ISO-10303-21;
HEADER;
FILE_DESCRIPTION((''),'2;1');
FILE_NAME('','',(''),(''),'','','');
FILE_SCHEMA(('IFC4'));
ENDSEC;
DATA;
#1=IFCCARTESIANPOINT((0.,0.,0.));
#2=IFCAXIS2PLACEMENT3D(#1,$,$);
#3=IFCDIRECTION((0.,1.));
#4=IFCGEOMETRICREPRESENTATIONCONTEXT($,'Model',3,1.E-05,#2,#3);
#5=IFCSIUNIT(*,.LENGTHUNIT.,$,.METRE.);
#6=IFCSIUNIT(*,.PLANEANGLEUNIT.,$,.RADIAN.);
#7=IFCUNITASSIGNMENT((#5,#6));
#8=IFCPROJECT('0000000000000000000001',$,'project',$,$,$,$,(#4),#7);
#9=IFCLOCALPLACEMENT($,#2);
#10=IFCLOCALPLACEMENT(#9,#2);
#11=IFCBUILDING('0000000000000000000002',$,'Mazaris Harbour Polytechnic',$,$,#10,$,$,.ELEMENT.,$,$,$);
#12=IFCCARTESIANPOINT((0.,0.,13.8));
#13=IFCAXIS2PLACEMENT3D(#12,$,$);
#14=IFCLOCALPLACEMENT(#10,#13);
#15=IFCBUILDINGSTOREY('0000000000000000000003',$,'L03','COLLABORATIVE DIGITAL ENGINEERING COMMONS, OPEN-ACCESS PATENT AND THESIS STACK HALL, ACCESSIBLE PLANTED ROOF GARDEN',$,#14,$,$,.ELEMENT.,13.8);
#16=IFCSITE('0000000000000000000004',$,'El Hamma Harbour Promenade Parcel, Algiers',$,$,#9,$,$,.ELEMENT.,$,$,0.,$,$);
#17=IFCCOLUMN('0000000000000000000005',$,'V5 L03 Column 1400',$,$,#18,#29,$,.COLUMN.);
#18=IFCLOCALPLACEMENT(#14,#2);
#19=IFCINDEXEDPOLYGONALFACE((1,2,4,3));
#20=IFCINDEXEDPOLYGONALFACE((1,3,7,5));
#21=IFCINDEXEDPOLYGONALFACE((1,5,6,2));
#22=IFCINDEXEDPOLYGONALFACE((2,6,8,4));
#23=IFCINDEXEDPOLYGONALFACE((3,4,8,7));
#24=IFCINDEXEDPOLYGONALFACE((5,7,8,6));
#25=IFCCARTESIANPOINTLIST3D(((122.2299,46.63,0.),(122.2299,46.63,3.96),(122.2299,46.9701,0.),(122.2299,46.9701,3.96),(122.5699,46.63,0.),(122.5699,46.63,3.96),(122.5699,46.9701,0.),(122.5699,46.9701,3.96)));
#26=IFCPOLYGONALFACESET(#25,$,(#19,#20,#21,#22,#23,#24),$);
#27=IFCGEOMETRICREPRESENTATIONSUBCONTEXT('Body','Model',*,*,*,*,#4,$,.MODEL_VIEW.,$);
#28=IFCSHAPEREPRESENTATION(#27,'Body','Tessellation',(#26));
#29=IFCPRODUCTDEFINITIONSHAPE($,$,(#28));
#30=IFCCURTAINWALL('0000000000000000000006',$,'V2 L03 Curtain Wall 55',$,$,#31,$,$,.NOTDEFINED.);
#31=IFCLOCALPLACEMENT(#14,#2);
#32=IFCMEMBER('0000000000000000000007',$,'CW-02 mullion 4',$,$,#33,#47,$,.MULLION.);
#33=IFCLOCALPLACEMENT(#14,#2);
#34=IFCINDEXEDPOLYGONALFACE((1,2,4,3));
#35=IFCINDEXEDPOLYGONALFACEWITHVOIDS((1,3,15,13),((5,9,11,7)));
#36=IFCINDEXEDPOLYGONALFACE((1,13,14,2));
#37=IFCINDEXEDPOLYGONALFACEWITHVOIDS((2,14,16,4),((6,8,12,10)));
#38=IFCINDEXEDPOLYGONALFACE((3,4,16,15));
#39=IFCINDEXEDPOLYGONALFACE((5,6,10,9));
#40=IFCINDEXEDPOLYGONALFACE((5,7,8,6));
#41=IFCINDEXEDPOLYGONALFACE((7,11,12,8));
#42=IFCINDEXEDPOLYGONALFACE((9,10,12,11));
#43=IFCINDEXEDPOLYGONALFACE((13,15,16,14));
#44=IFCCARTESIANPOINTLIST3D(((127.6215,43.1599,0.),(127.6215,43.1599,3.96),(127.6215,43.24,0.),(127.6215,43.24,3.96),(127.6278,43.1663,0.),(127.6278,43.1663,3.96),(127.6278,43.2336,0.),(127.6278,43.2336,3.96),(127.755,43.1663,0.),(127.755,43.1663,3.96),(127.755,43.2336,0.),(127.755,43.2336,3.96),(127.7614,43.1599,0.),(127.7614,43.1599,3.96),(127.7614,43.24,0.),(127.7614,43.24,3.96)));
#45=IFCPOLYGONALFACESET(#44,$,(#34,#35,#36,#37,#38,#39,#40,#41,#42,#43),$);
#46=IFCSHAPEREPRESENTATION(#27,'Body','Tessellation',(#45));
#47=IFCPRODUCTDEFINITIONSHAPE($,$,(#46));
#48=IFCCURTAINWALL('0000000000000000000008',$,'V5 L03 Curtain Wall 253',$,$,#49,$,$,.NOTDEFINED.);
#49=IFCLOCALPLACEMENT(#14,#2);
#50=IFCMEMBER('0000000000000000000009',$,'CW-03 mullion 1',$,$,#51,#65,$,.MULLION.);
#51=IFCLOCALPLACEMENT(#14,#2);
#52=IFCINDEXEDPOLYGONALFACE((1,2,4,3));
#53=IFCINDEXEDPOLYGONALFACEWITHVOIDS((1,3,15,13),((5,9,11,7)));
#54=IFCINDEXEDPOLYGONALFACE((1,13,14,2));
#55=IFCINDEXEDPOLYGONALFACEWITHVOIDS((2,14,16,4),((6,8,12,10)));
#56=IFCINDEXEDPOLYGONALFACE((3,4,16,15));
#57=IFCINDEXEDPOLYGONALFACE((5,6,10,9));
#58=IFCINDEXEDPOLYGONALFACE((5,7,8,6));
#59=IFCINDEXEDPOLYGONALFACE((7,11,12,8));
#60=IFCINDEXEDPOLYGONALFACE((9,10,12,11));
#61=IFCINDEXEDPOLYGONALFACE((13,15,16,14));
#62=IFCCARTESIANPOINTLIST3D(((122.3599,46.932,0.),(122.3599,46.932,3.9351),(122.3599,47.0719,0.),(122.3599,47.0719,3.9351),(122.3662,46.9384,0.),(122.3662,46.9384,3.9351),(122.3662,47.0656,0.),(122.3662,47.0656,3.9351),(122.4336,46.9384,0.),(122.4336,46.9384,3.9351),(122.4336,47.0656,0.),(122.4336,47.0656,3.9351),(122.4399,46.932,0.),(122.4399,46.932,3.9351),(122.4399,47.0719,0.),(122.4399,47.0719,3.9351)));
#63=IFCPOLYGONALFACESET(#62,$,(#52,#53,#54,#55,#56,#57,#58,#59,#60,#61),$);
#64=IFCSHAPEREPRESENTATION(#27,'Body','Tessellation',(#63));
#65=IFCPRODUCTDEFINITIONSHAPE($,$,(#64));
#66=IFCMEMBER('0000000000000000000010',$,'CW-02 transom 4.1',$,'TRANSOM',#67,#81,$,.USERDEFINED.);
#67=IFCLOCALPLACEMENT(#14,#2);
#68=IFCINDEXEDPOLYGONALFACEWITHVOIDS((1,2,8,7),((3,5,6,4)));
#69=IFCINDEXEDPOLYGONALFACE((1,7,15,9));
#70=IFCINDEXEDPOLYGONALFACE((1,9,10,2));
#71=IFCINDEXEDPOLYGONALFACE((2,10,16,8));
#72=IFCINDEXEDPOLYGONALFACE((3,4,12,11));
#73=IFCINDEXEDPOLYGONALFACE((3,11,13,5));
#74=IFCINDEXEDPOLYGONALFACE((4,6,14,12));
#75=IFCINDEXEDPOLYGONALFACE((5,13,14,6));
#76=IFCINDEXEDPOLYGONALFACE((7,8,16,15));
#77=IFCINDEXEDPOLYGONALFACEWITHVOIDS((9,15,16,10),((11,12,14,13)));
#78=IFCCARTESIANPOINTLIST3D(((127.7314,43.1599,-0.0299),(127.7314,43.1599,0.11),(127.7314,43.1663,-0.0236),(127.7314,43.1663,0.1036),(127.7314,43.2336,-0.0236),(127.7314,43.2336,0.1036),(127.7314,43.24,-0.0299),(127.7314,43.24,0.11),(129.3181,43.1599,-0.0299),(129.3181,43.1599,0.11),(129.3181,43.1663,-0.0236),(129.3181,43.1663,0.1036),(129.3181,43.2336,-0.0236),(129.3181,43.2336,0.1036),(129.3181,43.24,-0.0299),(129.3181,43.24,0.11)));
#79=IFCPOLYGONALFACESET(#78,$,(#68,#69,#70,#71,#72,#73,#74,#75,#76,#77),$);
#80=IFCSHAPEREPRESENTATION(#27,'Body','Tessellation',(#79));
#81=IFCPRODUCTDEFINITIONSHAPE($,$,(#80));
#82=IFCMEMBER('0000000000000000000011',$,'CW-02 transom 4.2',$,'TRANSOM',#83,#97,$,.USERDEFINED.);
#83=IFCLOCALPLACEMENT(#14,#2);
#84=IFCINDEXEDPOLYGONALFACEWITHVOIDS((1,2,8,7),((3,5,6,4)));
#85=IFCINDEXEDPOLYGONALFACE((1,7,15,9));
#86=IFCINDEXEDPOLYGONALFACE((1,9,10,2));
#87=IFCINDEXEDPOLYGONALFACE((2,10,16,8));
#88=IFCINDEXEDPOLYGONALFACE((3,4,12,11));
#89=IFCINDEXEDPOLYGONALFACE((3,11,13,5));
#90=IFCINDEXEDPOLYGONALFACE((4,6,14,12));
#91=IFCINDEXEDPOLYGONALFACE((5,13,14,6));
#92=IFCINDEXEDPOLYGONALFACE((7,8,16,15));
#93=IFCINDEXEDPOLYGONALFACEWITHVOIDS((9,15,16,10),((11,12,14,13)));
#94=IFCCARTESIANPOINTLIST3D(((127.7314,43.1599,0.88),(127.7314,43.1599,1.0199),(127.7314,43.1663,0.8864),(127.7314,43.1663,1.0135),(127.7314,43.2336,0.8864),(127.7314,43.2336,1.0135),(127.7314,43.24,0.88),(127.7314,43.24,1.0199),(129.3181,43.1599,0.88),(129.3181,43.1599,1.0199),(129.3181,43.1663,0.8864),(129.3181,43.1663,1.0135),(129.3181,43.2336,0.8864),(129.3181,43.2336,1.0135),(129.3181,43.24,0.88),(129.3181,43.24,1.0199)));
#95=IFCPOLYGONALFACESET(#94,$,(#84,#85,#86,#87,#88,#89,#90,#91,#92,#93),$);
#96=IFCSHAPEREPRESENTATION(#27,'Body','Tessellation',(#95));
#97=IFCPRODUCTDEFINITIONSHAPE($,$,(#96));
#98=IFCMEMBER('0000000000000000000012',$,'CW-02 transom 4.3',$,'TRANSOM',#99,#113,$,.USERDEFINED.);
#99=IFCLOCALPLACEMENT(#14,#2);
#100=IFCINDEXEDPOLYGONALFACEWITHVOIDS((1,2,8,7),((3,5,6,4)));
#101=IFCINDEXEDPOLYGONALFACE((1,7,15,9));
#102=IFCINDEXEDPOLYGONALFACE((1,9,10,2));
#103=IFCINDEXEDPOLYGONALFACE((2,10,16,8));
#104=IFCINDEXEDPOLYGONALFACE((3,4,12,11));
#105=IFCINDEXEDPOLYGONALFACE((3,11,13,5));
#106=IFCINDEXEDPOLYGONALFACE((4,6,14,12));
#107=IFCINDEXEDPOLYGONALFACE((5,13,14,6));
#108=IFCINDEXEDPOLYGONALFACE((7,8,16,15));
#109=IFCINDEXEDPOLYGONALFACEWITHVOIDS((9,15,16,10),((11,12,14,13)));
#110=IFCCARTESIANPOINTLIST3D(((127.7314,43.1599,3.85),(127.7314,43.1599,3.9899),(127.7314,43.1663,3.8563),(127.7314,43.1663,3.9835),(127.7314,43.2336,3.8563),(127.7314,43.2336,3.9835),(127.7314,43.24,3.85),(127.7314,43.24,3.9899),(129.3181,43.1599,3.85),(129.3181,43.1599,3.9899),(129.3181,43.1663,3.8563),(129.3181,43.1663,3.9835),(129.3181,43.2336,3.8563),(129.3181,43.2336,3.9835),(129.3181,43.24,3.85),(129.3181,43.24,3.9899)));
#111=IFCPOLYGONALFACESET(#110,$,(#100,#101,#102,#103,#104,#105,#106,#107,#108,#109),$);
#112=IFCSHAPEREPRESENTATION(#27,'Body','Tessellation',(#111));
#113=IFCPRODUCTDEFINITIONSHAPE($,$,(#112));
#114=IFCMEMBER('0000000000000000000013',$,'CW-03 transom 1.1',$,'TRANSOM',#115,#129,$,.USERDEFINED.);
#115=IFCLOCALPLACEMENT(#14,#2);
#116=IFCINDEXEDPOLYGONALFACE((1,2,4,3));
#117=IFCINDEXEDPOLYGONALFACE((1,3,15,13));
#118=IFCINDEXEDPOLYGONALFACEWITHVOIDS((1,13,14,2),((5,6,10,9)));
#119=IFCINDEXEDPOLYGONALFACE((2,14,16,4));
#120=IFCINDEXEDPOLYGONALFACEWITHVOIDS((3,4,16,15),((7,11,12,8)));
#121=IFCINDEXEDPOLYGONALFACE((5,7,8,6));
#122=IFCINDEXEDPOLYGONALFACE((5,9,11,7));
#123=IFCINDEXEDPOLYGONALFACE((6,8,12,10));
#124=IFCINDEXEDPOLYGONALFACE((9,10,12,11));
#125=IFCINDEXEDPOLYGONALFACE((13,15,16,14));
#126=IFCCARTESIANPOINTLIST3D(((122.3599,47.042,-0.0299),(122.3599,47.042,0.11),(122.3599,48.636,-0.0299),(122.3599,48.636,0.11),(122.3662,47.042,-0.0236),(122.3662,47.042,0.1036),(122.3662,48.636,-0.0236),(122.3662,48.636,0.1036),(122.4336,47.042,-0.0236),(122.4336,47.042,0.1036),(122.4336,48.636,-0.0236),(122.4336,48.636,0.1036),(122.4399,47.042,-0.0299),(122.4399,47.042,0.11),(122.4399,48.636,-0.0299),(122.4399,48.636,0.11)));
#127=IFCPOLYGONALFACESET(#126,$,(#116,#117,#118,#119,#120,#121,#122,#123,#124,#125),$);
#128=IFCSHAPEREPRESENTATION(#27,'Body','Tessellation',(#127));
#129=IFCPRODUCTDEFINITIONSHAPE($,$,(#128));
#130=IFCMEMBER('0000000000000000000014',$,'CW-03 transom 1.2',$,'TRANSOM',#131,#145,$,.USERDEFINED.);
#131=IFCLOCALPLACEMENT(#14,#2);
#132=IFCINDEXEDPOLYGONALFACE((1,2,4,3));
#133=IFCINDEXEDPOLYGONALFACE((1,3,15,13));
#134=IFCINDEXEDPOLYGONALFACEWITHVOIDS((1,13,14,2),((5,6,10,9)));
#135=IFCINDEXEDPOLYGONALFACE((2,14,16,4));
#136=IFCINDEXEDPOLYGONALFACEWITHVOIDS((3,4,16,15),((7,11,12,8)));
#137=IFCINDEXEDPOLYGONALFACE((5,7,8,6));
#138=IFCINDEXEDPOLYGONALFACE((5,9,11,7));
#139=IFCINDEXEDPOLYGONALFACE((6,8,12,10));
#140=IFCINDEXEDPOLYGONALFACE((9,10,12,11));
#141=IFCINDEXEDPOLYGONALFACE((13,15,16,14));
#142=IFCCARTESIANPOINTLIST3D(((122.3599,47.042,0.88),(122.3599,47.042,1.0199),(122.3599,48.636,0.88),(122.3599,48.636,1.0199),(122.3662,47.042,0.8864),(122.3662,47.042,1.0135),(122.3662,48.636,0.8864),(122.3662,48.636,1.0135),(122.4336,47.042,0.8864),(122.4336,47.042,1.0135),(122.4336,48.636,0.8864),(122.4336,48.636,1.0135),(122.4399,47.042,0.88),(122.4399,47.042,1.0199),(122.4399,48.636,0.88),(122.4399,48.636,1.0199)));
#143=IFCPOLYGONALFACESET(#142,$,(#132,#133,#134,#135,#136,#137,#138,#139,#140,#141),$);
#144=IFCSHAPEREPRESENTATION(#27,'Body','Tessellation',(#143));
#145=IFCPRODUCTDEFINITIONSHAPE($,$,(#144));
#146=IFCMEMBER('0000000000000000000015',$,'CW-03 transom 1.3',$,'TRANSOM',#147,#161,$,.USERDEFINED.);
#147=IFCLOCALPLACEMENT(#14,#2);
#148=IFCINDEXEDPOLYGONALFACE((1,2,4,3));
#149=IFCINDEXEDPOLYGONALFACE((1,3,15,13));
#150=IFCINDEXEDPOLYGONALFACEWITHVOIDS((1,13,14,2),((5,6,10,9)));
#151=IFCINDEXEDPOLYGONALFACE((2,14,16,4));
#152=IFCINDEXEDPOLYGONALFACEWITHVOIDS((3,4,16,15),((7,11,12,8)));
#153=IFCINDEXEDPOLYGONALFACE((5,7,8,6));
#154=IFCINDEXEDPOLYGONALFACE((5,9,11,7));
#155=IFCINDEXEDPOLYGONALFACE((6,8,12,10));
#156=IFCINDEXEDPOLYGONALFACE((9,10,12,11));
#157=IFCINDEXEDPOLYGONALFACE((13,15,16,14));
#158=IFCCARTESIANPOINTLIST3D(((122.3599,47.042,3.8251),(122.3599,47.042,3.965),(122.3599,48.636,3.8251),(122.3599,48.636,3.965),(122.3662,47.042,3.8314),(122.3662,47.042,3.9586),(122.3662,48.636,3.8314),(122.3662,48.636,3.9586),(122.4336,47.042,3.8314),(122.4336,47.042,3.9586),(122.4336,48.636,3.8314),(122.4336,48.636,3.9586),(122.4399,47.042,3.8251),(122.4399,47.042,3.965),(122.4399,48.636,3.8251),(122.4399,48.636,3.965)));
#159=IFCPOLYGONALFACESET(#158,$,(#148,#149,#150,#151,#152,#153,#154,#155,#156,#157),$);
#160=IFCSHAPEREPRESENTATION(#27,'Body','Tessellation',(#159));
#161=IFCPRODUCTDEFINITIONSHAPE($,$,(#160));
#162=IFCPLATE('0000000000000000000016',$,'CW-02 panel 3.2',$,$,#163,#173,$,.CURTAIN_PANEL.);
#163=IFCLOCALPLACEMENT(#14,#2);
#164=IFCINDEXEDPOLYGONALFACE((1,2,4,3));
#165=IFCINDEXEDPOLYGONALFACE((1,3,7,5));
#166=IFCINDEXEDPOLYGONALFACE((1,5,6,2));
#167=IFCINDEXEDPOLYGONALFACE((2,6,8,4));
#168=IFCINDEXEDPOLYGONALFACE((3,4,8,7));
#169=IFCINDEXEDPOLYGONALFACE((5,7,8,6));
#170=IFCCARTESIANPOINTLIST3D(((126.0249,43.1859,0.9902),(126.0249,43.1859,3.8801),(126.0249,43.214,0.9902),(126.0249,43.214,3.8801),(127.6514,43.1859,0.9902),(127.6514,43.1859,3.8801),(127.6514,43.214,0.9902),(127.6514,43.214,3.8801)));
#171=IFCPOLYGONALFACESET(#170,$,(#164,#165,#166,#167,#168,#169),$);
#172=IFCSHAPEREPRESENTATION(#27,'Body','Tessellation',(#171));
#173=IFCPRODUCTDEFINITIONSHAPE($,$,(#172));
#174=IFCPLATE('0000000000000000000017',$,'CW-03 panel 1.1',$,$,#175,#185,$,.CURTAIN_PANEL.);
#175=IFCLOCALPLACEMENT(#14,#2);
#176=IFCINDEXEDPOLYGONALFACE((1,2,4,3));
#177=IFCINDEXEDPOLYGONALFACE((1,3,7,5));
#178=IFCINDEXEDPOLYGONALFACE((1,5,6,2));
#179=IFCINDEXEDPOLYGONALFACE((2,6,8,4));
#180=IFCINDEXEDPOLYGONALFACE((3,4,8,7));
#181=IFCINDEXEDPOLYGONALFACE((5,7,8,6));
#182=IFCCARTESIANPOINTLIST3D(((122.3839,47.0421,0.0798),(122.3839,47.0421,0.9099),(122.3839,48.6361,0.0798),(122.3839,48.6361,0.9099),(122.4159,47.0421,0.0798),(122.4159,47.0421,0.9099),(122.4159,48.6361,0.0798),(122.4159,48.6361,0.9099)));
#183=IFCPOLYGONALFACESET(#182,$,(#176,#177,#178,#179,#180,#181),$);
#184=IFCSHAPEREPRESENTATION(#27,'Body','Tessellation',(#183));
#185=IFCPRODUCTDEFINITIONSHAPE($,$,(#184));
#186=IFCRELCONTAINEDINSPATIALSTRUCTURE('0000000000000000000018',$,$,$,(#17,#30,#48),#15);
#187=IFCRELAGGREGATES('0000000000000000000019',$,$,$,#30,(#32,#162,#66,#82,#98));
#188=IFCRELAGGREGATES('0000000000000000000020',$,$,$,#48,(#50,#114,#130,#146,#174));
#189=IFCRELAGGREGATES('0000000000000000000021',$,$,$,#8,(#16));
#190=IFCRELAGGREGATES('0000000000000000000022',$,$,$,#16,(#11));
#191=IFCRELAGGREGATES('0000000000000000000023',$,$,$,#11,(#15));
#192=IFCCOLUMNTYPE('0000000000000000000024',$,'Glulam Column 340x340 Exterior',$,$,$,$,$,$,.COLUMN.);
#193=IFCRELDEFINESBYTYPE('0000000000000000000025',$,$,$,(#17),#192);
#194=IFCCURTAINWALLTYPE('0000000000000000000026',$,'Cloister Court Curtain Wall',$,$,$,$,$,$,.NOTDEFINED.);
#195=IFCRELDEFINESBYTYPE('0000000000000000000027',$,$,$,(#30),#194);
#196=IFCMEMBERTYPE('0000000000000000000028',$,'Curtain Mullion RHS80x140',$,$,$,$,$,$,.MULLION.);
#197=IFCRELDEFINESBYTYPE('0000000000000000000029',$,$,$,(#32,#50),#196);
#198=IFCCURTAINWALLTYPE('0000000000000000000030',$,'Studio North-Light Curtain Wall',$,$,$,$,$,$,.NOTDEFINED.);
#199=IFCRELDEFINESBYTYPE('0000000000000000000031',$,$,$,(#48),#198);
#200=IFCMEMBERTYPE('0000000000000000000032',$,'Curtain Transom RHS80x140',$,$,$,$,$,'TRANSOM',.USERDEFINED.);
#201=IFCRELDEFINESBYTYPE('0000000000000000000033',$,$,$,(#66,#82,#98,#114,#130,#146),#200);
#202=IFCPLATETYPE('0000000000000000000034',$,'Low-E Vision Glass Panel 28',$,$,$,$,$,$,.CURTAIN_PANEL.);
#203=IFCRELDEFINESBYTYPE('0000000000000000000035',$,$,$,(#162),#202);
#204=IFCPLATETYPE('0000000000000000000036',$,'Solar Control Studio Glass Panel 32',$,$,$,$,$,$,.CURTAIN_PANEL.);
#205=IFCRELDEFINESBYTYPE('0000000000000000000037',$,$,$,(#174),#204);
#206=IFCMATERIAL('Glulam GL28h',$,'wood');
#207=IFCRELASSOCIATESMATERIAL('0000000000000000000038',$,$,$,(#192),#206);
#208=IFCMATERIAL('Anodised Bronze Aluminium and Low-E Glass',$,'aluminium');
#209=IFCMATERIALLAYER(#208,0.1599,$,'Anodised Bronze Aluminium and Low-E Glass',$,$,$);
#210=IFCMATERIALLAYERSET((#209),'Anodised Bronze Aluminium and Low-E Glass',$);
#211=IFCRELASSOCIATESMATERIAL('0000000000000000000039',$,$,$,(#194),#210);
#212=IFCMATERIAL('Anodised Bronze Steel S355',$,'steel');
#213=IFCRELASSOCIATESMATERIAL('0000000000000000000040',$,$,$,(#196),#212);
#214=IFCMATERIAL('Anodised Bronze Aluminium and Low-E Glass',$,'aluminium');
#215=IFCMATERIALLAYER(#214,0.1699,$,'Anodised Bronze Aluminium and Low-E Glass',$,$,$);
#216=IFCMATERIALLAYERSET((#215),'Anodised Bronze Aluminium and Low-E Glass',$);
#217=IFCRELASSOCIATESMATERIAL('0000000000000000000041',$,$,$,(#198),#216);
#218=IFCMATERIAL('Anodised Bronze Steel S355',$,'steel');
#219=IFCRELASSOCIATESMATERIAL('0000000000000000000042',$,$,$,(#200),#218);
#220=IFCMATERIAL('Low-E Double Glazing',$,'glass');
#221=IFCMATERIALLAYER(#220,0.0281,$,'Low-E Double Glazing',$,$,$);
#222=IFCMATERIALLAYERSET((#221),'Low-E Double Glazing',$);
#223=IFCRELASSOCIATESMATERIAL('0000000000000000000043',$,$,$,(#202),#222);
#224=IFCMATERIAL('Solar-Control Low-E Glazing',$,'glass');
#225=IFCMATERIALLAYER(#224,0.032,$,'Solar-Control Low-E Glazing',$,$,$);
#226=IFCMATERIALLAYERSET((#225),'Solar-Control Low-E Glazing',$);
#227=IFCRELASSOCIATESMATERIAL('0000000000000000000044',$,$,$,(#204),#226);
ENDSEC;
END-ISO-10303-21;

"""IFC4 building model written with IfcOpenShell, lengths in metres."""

from ifc_helpers import new_model, si_unit, direction, frame, origin, origin_2d, place, context, subcontext, project, spatial, rectangle, hollow_rectangle, extrude, material, layer, layer_set, material_profile, profile_set, type_object, element, aggregate, save


model = new_model("IFC4")

# Units and contexts
model_context = context("Model", 3, precision=1e-05, world=origin(), true_north=direction((0.0, 1.0)))
body_context = subcontext(model_context, "Body", "Model", "MODEL_VIEW")
ifc_project = project(units=[si_unit("LENGTHUNIT", "METRE"), si_unit("PLANEANGLEUNIT", "RADIAN")], contexts=[model_context])

# Site, building, storey
site_placement = place(None, origin())
site = spatial("IfcSite", under=ifc_project, at=site_placement, Name="El Hamma Harbour Promenade Parcel, Algiers", CompositionType="ELEMENT", RefElevation=0.0)
building_placement = place(site_placement, origin())
building = spatial("IfcBuilding", under=site, at=building_placement, Name="Mazaris Harbour Polytechnic", CompositionType="ELEMENT")
storey_placement = place(building_placement, frame((0.0, 0.0, 13.8)))
storey = spatial("IfcBuildingStorey", under=building, at=storey_placement, Name="L03", Description="COLLABORATIVE DIGITAL ENGINEERING COMMONS, OPEN-ACCESS PATENT AND THESIS STACK HALL, ACCESSIBLE PLANTED ROOF GARDEN", CompositionType="ELEMENT", Elevation=13.8)

# Column
ifc_material_1 = material(Name="Glulam GL28h", Category="wood")
ifc_material_profile_1 = material_profile(ifc_material_1, rectangle(XDim=0.3401, YDim=0.3401, at=origin_2d()), Name="RECT340x340")
ifc_profile_set_1 = profile_set([ifc_material_profile_1], Name="Glulam GL28h")
column_type = type_object("IfcColumnType", Name="Glulam Column 340x340 Exterior", PredefinedType="COLUMN", material=ifc_profile_set_1)
column_placement = place(storey_placement, frame((122.3999, 46.8, 0.0), z_axis=(0.0, 0.0, 1.0), x_axis=(1.0, 0.0, 0.0)))
element("IfcColumn", 1, at=column_placement, inside=storey, type_object=column_type, Name="V5 L03 Column 1400", PredefinedType="COLUMN", context=body_context, shape_type="SweptSolid", body=[
    extrude(rectangle(XDim=0.3401, YDim=0.3401, at=origin_2d()), origin(), (0.0, 0.0, 1.0), 3.96),
])

# Curtain walls, members
ifc_material_2 = material(Name="Anodised Bronze Aluminium and Low-E Glass", Category="aluminium")
ifc_layer_1 = layer(ifc_material_2, 0.1599, Name="Anodised Bronze Aluminium and Low-E Glass")
ifc_layer_set_1 = layer_set([ifc_layer_1], Name="Anodised Bronze Aluminium and Low-E Glass")
curtain_wall_type_1 = type_object("IfcCurtainWallType", Name="Cloister Court Curtain Wall", PredefinedType="NOTDEFINED", material=ifc_layer_set_1)
curtain_wall_1_placement = place(storey_placement, origin())
curtain_wall_1 = element("IfcCurtainWall", 2, at=curtain_wall_1_placement, inside=storey, type_object=curtain_wall_type_1, Name="V2 L03 Curtain Wall 55", PredefinedType="NOTDEFINED")
ifc_material_3 = material(Name="Anodised Bronze Steel S355", Category="steel")
ifc_material_profile_2 = material_profile(ifc_material_3, hollow_rectangle(XDim=0.0801, YDim=0.1399, WallThickness=0.0063, at=origin_2d()), Name="RHS 80x140x6.3")
ifc_profile_set_2 = profile_set([ifc_material_profile_2], Name="Anodised Bronze Steel S355")
member_type_1 = type_object("IfcMemberType", Name="Curtain Mullion RHS80x140", PredefinedType="MULLION", material=ifc_profile_set_2)
member_1_placement = place(storey_placement, frame((127.6914, 43.2, 0.0), z_axis=(0.0, 0.0, 1.0), x_axis=(0.0, 1.0, 0.0)))
member_1 = element("IfcMember", 3, at=member_1_placement, type_object=member_type_1, Name="CW-02 mullion 4", PredefinedType="MULLION", context=body_context, shape_type="SweptSolid", body=[
    extrude(hollow_rectangle(XDim=0.0801, YDim=0.1399, WallThickness=0.0063, at=origin_2d()), origin(), (0.0, 0.0, 1.0), 3.96),
])
ifc_material_4 = material(Name="Anodised Bronze Aluminium and Low-E Glass", Category="aluminium")
ifc_layer_2 = layer(ifc_material_4, 0.1699, Name="Anodised Bronze Aluminium and Low-E Glass")
ifc_layer_set_2 = layer_set([ifc_layer_2], Name="Anodised Bronze Aluminium and Low-E Glass")
curtain_wall_type_2 = type_object("IfcCurtainWallType", Name="Studio North-Light Curtain Wall", PredefinedType="NOTDEFINED", material=ifc_layer_set_2)
curtain_wall_2_placement = place(storey_placement, origin())
curtain_wall_2 = element("IfcCurtainWall", 4, at=curtain_wall_2_placement, inside=storey, type_object=curtain_wall_type_2, Name="V5 L03 Curtain Wall 253", PredefinedType="NOTDEFINED")
member_2_placement = place(storey_placement, frame((122.3999, 47.002, 0.0), z_axis=(0.0, 0.0, 1.0), x_axis=(-1.0, 0.0, 0.0)))
member_2 = element("IfcMember", 5, at=member_2_placement, type_object=member_type_1, Name="CW-03 mullion 1", PredefinedType="MULLION", context=body_context, shape_type="SweptSolid", body=[
    extrude(hollow_rectangle(XDim=0.0801, YDim=0.1399, WallThickness=0.0063, at=origin_2d()), origin(), (0.0, 0.0, 1.0), 3.9351),
])

# Members
ifc_material_5 = material(Name="Anodised Bronze Steel S355", Category="steel")
ifc_material_profile_3 = material_profile(ifc_material_5, hollow_rectangle(XDim=0.0801, YDim=0.1399, WallThickness=0.0063, at=origin_2d()), Name="RHS 80x140x6.3")
ifc_profile_set_3 = profile_set([ifc_material_profile_3], Name="Anodised Bronze Steel S355")
member_type_2 = type_object("IfcMemberType", Name="Curtain Transom RHS80x140", ElementType="TRANSOM", PredefinedType="USERDEFINED", material=ifc_profile_set_3)
member_3_placement = place(storey_placement, frame((127.7314, 43.2, 0.04), z_axis=(1.0, 0.0, 0.0), x_axis=(0.0, 1.0, 0.0)))
member_3 = element("IfcMember", 6, at=member_3_placement, type_object=member_type_2, Name="CW-02 transom 4.1", ObjectType="TRANSOM", PredefinedType="USERDEFINED", context=body_context, shape_type="SweptSolid", body=[
    extrude(hollow_rectangle(XDim=0.0801, YDim=0.1399, WallThickness=0.0063, at=origin_2d()), origin(), (0.0, 0.0, 1.0), 1.5867),
])
member_4_placement = place(storey_placement, frame((127.7314, 43.2, 0.95), z_axis=(1.0, 0.0, 0.0), x_axis=(0.0, 1.0, 0.0)))
member_4 = element("IfcMember", 7, at=member_4_placement, type_object=member_type_2, Name="CW-02 transom 4.2", ObjectType="TRANSOM", PredefinedType="USERDEFINED", context=body_context, shape_type="SweptSolid", body=[
    extrude(hollow_rectangle(XDim=0.0801, YDim=0.1399, WallThickness=0.0063, at=origin_2d()), origin(), (0.0, 0.0, 1.0), 1.5867),
])
member_5_placement = place(storey_placement, frame((127.7314, 43.2, 3.9199), z_axis=(1.0, 0.0, 0.0), x_axis=(0.0, 1.0, 0.0)))
member_5 = element("IfcMember", 8, at=member_5_placement, type_object=member_type_2, Name="CW-02 transom 4.3", ObjectType="TRANSOM", PredefinedType="USERDEFINED", context=body_context, shape_type="SweptSolid", body=[
    extrude(hollow_rectangle(XDim=0.0801, YDim=0.1399, WallThickness=0.0063, at=origin_2d()), origin(), (0.0, 0.0, 1.0), 1.5867),
])
member_6_placement = place(storey_placement, frame((122.3999, 47.042, 0.04), z_axis=(0.0, 1.0, 0.0), x_axis=(-1.0, 0.0, 0.0)))
member_6 = element("IfcMember", 9, at=member_6_placement, type_object=member_type_2, Name="CW-03 transom 1.1", ObjectType="TRANSOM", PredefinedType="USERDEFINED", context=body_context, shape_type="SweptSolid", body=[
    extrude(hollow_rectangle(XDim=0.0801, YDim=0.1399, WallThickness=0.0063, at=origin_2d()), origin(), (0.0, 0.0, 1.0), 1.594),
])
member_7_placement = place(storey_placement, frame((122.3999, 47.042, 0.95), z_axis=(0.0, 1.0, 0.0), x_axis=(-1.0, 0.0, 0.0)))
member_7 = element("IfcMember", 10, at=member_7_placement, type_object=member_type_2, Name="CW-03 transom 1.2", ObjectType="TRANSOM", PredefinedType="USERDEFINED", context=body_context, shape_type="SweptSolid", body=[
    extrude(hollow_rectangle(XDim=0.0801, YDim=0.1399, WallThickness=0.0063, at=origin_2d()), origin(), (0.0, 0.0, 1.0), 1.594),
])
member_8_placement = place(storey_placement, frame((122.3999, 47.042, 3.895), z_axis=(0.0, 1.0, 0.0), x_axis=(-1.0, 0.0, 0.0)))
member_8 = element("IfcMember", 11, at=member_8_placement, type_object=member_type_2, Name="CW-03 transom 1.3", ObjectType="TRANSOM", PredefinedType="USERDEFINED", context=body_context, shape_type="SweptSolid", body=[
    extrude(hollow_rectangle(XDim=0.0801, YDim=0.1399, WallThickness=0.0063, at=origin_2d()), origin(), (0.0, 0.0, 1.0), 1.594),
])

# Plates
ifc_material_6 = material(Name="Low-E Double Glazing", Category="glass")
ifc_layer_3 = layer(ifc_material_6, 0.0281, Name="Low-E Double Glazing")
ifc_layer_set_3 = layer_set([ifc_layer_3], Name="Low-E Double Glazing")
plate_type_1 = type_object("IfcPlateType", Name="Low-E Vision Glass Panel 28", PredefinedType="CURTAIN_PANEL", material=ifc_layer_set_3)
plate_1_placement = place(storey_placement, frame((126.8381, 43.2, 0.9902), z_axis=(0.0, 0.0, 1.0), x_axis=(1.0, 0.0, 0.0)))
plate_1 = element("IfcPlate", 12, at=plate_1_placement, type_object=plate_type_1, Name="CW-02 panel 3.2", PredefinedType="CURTAIN_PANEL", context=body_context, shape_type="SweptSolid", body=[
    extrude(rectangle(XDim=1.6265, YDim=0.0281, at=origin_2d()), origin(), (0.0, 0.0, 1.0), 2.8899),
])
aggregate(curtain_wall_1, [member_1, plate_1, member_3, member_4, member_5])
ifc_material_7 = material(Name="Solar-Control Low-E Glazing", Category="glass")
ifc_layer_4 = layer(ifc_material_7, 0.032, Name="Solar-Control Low-E Glazing")
ifc_layer_set_4 = layer_set([ifc_layer_4], Name="Solar-Control Low-E Glazing")
plate_type_2 = type_object("IfcPlateType", Name="Solar Control Studio Glass Panel 32", PredefinedType="CURTAIN_PANEL", material=ifc_layer_set_4)
plate_2_placement = place(storey_placement, frame((122.3999, 47.8391, 0.0798), z_axis=(0.0, 0.0, 1.0), x_axis=(0.0, 1.0, 0.0)))
plate_2 = element("IfcPlate", 13, at=plate_2_placement, type_object=plate_type_2, Name="CW-03 panel 1.1", PredefinedType="CURTAIN_PANEL", context=body_context, shape_type="SweptSolid", body=[
    extrude(rectangle(XDim=1.594, YDim=0.032, at=origin_2d()), origin(), (0.0, 0.0, 1.0), 0.8301),
])
aggregate(curtain_wall_2, [member_2, member_6, member_7, member_8, plate_2])

save(model, "model.ifc")
